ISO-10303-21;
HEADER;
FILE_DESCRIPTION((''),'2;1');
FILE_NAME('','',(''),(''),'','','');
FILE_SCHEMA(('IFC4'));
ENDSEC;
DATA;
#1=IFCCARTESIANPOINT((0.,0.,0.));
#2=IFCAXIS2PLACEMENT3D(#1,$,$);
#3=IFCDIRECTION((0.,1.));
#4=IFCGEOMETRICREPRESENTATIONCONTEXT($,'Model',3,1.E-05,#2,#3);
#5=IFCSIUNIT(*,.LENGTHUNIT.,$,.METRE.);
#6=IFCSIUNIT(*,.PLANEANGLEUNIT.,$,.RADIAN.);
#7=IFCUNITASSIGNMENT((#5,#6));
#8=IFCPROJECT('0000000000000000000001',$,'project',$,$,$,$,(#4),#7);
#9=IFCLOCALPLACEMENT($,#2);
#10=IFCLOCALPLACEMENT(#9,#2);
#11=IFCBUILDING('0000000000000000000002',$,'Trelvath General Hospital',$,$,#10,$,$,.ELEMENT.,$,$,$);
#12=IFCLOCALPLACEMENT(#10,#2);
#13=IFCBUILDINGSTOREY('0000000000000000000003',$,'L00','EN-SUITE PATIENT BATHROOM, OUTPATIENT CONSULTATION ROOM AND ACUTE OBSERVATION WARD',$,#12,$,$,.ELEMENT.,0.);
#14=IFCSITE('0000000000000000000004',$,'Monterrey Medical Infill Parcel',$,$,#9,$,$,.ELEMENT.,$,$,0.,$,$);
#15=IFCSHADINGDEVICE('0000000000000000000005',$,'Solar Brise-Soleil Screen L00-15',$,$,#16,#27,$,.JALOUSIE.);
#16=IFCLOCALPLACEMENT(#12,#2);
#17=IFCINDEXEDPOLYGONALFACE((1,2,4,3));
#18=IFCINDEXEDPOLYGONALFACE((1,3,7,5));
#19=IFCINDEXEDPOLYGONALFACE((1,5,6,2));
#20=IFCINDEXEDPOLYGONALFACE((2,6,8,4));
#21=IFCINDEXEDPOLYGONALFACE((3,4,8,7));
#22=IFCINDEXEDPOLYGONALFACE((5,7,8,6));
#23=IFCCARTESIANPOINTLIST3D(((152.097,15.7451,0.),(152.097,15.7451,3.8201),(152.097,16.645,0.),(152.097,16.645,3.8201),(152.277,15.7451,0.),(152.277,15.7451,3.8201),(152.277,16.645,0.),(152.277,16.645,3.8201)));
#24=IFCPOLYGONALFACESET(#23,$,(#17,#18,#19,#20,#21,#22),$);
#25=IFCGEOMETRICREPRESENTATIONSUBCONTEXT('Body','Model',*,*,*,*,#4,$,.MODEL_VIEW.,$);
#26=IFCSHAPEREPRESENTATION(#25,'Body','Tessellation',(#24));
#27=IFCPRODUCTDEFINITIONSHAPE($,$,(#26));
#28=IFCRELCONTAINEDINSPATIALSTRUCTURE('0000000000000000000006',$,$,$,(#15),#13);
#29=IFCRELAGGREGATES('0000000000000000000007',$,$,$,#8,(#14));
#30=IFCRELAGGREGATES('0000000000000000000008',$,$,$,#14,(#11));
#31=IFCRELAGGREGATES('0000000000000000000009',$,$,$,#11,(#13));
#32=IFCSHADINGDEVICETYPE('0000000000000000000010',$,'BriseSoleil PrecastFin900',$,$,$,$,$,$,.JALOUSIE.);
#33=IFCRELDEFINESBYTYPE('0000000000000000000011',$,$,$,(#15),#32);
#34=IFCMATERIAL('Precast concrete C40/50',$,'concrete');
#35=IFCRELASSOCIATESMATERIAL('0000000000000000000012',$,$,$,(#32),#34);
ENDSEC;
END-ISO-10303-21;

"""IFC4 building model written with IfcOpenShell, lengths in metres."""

from ifc_helpers import new_model, si_unit, direction, frame, origin, origin_2d, place, context, subcontext, project, spatial, rectangle, extrude, material, type_object, element, save


model = new_model("IFC4")

# Units and contexts
model_context = context("Model", 3, precision=1e-05, world=origin(), true_north=direction((0.0, 1.0)))
body_context = subcontext(model_context, "Body", "Model", "MODEL_VIEW")
ifc_project = project(units=[si_unit("LENGTHUNIT", "METRE"), si_unit("PLANEANGLEUNIT", "RADIAN")], contexts=[model_context])

# Site, building, storey
site_placement = place(None, origin())
site = spatial("IfcSite", under=ifc_project, at=site_placement, Name="Monterrey Medical Infill Parcel", CompositionType="ELEMENT", RefElevation=0.0)
building_placement = place(site_placement, origin())
building = spatial("IfcBuilding", under=site, at=building_placement, Name="Trelvath General Hospital", CompositionType="ELEMENT")
storey_placement = place(building_placement, origin())
storey = spatial("IfcBuildingStorey", under=building, at=storey_placement, Name="L00", Description="EN-SUITE PATIENT BATHROOM, OUTPATIENT CONSULTATION ROOM AND ACUTE OBSERVATION WARD", CompositionType="ELEMENT", Elevation=0.0)

# Shading device
ifc_material_1 = material(Name="Precast concrete C40/50", Category="concrete")
shading_device_type = type_object("IfcShadingDeviceType", Name="BriseSoleil PrecastFin900", PredefinedType="JALOUSIE", material=ifc_material_1)
shading_device_placement = place(storey_placement, frame((152.187, 16.1951, 0.0), z_axis=(0.0, 0.0, 1.0), x_axis=(0.0, -1.0, 0.0)))
element("IfcShadingDevice", 1, at=shading_device_placement, inside=storey, type_object=shading_device_type, Name="Solar Brise-Soleil Screen L00-15", PredefinedType="JALOUSIE", context=body_context, shape_type="SweptSolid", body=[
    extrude(rectangle(XDim=0.8999, YDim=0.1799, at=origin_2d()), origin(), (0.0, 0.0, 1.0), 3.8201),
])

save(model, "model.ifc")
